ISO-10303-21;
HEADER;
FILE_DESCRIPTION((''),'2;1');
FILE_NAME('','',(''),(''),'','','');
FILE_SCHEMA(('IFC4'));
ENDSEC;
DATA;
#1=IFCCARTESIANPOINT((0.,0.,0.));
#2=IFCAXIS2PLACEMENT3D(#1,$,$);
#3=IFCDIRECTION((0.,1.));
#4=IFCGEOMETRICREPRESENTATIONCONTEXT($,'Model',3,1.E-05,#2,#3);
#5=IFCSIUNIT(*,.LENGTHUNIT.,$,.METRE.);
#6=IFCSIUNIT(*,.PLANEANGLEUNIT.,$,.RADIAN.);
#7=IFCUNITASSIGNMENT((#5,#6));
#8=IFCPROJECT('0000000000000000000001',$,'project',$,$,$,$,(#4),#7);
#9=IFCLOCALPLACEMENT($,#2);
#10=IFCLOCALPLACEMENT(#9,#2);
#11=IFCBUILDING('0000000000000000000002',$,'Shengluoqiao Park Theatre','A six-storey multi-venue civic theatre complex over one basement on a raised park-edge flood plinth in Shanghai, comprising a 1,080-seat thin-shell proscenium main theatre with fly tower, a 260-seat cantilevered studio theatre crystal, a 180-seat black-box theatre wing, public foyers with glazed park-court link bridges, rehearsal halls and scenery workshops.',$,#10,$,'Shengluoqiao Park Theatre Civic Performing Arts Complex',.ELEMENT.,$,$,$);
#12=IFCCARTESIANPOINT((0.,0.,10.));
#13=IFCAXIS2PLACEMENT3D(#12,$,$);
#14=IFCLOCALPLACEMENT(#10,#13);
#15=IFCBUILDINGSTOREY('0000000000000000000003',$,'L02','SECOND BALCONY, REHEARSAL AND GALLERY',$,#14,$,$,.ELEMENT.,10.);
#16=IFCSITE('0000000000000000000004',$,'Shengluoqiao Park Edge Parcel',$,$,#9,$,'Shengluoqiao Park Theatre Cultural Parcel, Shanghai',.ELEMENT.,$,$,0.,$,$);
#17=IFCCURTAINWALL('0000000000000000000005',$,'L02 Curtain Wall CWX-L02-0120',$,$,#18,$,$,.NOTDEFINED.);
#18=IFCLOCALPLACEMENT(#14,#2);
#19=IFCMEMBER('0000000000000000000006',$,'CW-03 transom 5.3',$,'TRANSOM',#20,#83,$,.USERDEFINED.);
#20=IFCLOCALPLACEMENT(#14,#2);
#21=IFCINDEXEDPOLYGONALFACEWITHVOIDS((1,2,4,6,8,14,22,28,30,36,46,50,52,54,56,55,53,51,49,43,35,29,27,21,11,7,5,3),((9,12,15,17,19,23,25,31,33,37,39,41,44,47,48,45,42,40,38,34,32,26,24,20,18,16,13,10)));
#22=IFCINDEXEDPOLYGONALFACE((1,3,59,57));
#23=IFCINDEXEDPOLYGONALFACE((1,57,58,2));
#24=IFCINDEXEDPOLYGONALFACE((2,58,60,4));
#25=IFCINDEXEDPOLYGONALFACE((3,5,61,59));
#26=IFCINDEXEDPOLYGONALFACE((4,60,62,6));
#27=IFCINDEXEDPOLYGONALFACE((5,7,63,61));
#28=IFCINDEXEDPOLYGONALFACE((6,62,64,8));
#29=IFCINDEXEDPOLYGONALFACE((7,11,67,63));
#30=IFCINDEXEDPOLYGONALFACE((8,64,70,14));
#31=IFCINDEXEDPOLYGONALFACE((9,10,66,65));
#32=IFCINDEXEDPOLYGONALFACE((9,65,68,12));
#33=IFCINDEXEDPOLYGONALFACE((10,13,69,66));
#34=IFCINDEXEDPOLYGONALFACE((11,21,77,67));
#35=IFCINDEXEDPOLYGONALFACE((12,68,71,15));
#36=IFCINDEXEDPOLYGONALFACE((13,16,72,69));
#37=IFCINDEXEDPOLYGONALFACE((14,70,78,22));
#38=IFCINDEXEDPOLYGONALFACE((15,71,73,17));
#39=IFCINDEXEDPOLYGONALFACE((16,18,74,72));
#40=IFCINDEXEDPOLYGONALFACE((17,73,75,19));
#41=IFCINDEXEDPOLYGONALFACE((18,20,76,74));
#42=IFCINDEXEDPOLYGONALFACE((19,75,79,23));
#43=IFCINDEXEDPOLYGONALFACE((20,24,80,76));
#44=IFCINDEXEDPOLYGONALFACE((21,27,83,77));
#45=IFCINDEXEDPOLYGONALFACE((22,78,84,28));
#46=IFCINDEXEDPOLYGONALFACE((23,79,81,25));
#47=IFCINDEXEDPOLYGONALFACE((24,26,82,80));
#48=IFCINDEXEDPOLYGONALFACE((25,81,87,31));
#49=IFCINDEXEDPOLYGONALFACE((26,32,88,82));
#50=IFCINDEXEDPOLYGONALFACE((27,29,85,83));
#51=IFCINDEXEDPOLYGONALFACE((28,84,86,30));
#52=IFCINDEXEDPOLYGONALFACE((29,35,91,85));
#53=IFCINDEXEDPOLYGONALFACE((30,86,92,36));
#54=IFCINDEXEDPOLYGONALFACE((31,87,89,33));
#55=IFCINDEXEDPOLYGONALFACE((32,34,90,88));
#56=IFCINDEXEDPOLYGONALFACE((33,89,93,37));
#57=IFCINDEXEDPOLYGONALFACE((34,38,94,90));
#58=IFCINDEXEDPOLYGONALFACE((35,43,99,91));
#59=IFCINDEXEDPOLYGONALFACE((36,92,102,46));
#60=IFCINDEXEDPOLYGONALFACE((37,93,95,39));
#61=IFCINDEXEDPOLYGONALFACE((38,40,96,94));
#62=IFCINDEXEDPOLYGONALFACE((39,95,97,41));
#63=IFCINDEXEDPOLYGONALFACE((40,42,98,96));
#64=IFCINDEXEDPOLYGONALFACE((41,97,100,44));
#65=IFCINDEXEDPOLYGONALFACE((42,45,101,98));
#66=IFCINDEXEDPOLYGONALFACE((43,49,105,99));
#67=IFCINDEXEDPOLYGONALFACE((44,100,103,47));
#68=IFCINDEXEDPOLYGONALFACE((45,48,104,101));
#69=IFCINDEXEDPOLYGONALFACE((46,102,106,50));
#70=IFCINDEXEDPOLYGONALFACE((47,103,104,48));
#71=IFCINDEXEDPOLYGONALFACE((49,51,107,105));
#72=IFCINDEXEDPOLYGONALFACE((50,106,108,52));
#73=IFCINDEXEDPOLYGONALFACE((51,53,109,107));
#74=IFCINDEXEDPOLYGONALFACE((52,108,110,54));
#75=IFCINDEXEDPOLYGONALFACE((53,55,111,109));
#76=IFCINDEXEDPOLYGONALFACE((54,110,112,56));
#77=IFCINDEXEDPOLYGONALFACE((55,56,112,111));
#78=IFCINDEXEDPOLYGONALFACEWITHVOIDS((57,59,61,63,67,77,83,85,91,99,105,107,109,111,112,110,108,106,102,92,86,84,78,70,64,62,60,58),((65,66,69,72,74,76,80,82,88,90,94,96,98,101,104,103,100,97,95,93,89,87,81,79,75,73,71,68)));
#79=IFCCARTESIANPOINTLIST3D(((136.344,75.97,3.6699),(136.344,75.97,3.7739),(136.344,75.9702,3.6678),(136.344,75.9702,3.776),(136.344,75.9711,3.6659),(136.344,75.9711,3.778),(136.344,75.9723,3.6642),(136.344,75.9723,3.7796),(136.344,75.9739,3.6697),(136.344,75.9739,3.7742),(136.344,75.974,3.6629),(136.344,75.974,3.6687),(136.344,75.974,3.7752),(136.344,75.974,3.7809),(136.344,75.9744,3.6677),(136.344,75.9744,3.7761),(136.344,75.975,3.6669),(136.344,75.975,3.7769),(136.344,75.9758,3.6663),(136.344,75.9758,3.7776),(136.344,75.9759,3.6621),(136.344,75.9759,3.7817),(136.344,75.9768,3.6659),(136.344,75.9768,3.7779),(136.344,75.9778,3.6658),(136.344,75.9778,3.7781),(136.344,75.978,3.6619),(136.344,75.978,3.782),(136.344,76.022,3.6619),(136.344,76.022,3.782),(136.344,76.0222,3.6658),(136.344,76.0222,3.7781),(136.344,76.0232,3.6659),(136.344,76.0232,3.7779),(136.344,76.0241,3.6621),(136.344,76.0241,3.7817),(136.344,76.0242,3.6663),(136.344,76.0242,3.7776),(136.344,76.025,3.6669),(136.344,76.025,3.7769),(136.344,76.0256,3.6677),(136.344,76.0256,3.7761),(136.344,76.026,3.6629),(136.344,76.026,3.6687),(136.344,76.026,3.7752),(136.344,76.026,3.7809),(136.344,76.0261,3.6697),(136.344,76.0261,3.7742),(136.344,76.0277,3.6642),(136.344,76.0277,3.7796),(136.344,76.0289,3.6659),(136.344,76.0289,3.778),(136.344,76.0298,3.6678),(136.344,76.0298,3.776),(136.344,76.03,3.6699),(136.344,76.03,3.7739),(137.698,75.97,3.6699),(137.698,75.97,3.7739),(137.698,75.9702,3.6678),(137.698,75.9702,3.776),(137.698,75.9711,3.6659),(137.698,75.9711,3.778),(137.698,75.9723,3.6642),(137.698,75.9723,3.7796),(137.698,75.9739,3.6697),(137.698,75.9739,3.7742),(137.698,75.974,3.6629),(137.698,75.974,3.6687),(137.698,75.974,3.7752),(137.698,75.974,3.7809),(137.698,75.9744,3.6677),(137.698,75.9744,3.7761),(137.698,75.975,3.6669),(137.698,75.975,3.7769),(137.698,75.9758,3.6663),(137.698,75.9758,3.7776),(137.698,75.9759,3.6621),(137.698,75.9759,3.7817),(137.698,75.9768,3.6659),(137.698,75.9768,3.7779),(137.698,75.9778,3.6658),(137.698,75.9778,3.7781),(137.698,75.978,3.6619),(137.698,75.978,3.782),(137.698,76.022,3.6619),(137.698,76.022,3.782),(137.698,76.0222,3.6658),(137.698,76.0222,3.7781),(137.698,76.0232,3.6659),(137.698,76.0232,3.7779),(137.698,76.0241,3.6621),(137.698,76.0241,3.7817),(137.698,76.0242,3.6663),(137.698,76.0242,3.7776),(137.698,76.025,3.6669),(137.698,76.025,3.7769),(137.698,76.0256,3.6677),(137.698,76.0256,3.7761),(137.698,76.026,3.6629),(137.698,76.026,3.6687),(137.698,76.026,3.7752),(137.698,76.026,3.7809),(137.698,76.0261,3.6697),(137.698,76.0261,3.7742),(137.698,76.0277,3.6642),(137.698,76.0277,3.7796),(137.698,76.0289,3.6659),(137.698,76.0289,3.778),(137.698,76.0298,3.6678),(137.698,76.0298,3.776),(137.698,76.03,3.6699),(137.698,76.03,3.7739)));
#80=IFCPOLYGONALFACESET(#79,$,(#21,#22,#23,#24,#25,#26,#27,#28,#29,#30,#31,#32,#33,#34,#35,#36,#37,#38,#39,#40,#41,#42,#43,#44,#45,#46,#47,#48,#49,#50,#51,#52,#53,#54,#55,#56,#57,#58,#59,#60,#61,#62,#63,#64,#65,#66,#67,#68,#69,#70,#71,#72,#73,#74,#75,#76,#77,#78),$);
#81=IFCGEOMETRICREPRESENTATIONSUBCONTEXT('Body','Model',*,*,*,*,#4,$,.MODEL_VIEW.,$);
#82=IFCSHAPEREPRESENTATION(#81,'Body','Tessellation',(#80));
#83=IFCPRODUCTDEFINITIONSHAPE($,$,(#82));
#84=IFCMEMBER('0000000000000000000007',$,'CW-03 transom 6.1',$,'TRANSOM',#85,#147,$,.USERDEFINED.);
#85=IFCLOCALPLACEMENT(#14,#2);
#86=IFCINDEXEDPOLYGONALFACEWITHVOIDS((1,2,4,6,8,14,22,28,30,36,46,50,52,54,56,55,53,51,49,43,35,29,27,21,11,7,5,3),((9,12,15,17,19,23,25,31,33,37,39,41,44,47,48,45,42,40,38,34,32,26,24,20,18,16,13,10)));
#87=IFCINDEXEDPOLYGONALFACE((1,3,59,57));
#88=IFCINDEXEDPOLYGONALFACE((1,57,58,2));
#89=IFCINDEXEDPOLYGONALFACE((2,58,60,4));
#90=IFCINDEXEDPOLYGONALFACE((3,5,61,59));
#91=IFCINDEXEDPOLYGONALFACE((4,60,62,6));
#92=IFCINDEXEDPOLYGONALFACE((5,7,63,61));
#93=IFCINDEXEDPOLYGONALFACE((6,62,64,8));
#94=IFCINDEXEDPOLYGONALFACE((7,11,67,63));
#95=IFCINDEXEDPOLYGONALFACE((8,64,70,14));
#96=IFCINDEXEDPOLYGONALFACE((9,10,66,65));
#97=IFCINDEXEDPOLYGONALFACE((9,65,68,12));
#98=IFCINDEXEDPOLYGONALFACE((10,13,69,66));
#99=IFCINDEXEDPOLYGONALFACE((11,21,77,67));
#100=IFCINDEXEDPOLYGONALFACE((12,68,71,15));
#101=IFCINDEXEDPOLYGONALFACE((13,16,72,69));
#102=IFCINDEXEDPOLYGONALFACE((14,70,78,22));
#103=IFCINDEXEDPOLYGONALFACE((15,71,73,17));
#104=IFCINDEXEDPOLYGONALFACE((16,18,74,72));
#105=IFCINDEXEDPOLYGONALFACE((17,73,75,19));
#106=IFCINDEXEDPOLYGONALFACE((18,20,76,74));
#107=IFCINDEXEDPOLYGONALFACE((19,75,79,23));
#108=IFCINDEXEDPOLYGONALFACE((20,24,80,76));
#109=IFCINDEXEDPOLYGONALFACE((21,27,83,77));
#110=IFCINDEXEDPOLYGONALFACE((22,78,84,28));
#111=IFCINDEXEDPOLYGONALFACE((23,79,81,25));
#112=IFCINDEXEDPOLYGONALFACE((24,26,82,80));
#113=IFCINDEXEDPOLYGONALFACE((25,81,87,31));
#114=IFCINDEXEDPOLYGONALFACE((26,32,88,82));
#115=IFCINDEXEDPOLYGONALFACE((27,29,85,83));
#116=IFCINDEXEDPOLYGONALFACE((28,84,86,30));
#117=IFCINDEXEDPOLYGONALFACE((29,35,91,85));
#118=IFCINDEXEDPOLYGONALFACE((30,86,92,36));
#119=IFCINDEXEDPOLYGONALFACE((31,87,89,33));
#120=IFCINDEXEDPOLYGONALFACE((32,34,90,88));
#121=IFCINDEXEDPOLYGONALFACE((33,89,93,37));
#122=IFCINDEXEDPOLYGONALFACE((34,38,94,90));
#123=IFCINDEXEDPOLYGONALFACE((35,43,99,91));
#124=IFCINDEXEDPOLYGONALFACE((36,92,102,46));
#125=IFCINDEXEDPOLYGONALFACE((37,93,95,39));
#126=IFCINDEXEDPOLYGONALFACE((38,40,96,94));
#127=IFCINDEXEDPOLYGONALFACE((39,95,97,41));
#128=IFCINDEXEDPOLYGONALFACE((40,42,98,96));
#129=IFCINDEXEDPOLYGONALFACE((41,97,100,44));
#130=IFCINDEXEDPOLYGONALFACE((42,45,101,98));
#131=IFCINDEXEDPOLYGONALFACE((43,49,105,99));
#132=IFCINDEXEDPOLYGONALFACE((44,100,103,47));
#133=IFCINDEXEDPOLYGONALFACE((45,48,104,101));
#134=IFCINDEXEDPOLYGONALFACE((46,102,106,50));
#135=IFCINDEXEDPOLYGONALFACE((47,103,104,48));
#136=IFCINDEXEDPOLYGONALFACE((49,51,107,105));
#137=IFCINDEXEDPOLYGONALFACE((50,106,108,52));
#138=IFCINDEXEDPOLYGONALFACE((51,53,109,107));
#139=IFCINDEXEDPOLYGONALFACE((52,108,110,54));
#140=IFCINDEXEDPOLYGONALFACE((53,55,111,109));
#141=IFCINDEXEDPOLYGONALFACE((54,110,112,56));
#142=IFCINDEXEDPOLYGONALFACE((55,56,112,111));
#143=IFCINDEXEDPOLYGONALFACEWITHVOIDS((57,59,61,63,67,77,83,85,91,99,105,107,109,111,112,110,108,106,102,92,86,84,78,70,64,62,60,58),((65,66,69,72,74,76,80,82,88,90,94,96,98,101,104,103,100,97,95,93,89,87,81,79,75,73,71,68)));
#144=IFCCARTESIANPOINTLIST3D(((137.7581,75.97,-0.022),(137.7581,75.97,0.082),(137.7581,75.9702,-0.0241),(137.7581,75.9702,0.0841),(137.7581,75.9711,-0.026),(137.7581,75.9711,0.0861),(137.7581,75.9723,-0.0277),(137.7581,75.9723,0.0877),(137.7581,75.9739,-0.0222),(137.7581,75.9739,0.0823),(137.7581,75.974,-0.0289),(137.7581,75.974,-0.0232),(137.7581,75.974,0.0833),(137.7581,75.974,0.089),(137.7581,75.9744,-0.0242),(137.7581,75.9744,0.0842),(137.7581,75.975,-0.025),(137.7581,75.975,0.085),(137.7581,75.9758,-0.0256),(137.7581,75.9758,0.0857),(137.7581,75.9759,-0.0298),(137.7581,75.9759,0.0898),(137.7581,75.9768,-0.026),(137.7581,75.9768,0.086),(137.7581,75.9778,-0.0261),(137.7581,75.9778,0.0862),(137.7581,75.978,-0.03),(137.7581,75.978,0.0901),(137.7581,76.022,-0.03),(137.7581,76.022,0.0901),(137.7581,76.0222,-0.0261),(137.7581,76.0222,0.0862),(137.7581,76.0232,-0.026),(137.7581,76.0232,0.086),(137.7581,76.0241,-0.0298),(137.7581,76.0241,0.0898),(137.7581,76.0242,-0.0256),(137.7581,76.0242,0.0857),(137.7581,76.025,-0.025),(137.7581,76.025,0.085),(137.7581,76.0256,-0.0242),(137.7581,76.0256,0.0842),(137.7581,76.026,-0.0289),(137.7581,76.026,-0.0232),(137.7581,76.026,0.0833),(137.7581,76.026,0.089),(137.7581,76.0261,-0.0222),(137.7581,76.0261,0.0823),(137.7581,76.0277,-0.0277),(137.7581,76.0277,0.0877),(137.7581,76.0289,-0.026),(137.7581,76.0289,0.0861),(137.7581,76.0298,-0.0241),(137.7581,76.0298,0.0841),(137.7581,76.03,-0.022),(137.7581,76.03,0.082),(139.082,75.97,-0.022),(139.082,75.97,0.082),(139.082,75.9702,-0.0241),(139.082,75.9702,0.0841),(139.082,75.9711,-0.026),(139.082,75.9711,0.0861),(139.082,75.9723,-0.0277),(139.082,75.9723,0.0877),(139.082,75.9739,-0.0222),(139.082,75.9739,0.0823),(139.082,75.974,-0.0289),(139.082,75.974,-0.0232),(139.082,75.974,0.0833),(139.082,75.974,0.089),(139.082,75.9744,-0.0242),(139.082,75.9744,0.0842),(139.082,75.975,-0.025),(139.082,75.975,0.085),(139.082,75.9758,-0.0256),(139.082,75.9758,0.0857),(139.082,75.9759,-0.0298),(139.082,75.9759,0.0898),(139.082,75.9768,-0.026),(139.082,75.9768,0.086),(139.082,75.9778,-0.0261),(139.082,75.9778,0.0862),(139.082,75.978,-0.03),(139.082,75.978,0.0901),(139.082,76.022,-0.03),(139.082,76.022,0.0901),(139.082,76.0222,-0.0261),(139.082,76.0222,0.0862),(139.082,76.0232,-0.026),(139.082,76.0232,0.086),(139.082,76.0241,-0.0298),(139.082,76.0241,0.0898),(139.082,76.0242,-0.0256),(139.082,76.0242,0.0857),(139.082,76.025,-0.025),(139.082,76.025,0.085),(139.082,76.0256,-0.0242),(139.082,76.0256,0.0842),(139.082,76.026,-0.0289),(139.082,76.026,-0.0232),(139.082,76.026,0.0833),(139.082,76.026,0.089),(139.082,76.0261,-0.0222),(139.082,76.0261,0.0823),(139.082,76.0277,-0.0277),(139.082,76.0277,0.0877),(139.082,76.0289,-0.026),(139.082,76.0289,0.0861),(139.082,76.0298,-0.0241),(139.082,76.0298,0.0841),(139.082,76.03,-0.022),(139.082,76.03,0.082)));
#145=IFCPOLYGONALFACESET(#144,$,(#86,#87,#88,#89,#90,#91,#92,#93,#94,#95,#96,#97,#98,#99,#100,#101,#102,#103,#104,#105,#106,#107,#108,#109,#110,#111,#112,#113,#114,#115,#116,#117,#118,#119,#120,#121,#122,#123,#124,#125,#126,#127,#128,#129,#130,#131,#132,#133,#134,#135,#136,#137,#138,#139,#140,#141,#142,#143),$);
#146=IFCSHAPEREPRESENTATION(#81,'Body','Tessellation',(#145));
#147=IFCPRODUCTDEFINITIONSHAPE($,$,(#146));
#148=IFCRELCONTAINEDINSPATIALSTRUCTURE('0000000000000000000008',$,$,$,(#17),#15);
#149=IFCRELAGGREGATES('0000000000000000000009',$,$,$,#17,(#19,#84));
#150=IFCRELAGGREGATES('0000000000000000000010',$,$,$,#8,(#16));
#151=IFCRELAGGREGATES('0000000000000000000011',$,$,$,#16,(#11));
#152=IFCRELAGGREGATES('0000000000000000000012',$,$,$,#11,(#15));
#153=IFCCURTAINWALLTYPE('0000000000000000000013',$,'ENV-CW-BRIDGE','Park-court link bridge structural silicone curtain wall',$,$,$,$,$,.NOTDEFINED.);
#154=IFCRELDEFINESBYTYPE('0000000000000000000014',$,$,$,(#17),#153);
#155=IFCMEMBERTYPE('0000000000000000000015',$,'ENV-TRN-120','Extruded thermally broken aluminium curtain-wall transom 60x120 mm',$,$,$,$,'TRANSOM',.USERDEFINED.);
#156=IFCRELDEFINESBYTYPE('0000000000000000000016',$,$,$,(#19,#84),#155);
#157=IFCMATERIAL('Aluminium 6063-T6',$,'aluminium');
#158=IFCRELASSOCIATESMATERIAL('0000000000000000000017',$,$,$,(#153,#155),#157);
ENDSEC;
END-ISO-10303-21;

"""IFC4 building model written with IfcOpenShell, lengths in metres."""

from ifc_helpers import new_model, si_unit, direction, frame, origin, origin_2d, place, context, subcontext, project, spatial, hollow_rectangle, extrude, material, material_profile, profile_set, type_object, element, aggregate, save


model = new_model("IFC4")

# Units and contexts
model_context = context("Model", 3, precision=1e-05, world=origin(), true_north=direction((0.0, 1.0)))
body_context = subcontext(model_context, "Body", "Model", "MODEL_VIEW")
ifc_project = project(units=[si_unit("LENGTHUNIT", "METRE"), si_unit("PLANEANGLEUNIT", "RADIAN")], contexts=[model_context])

# Site, building, storey
site_placement = place(None, origin())
site = spatial("IfcSite", under=ifc_project, at=site_placement, Name="Shengluoqiao Park Edge Parcel", LongName="Shengluoqiao Park Theatre Cultural Parcel, Shanghai", CompositionType="ELEMENT", RefElevation=0.0)
building_placement = place(site_placement, origin())
building = spatial("IfcBuilding", under=site, at=building_placement, Name="Shengluoqiao Park Theatre", Description="A six-storey multi-venue civic theatre complex over one basement on a raised park-edge flood plinth in Shanghai, comprising a 1,080-seat thin-shell proscenium main theatre with fly tower, a 260-seat cantilevered studio theatre crystal, a 180-seat black-box theatre wing, public foyers with glazed park-court link bridges, rehearsal halls and scenery workshops.", LongName="Shengluoqiao Park Theatre Civic Performing Arts Complex", CompositionType="ELEMENT")
storey_placement = place(building_placement, frame((0.0, 0.0, 10.0)))
storey = spatial("IfcBuildingStorey", under=building, at=storey_placement, Name="L02", Description="SECOND BALCONY, REHEARSAL AND GALLERY", CompositionType="ELEMENT", Elevation=10.0)

# Curtain wall, members
ifc_material_1 = material(Name="Aluminium 6063-T6", Category="aluminium")
curtain_wall_type = type_object("IfcCurtainWallType", Name="ENV-CW-BRIDGE", Description="Park-court link bridge structural silicone curtain wall", PredefinedType="NOTDEFINED", material=ifc_material_1)
curtain_wall_placement = place(storey_placement, origin())
curtain_wall = element("IfcCurtainWall", 1, at=curtain_wall_placement, inside=storey, type_object=curtain_wall_type, Name="L02 Curtain Wall CWX-L02-0120", PredefinedType="NOTDEFINED")
ifc_material_profile_1 = material_profile(ifc_material_1, hollow_rectangle(XDim=0.0601, YDim=0.1201, WallThickness=0.0039, InnerFilletRadius=0.0039, OuterFilletRadius=0.0081, at=origin_2d()), Name="ALU TRANSOM 120x60x4")
ifc_profile_set_1 = profile_set([ifc_material_profile_1], Name="Aluminium 6063-T6")
member_type_1 = type_object("IfcMemberType", Name="ENV-TRN-120", Description="Extruded thermally broken aluminium curtain-wall transom 60x120 mm", ElementType="TRANSOM", PredefinedType="USERDEFINED", material=ifc_profile_set_1)
member_1_placement = place(storey_placement, frame((136.344, 76.0, 3.7219), z_axis=(1.0, 0.0, 0.0), x_axis=(0.0, 1.0, 0.0)))
member_1 = element("IfcMember", 2, at=member_1_placement, type_object=member_type_1, Name="CW-03 transom 5.3", ObjectType="TRANSOM", PredefinedType="USERDEFINED", context=body_context, shape_type="SweptSolid", body=[
    extrude(hollow_rectangle(XDim=0.0601, YDim=0.1201, WallThickness=0.0039, InnerFilletRadius=0.0039, OuterFilletRadius=0.0081, at=origin_2d()), origin(), (0.0, 0.0, 1.0), 1.354),
])
member_2_placement = place(storey_placement, frame((137.7581, 76.0, 0.03), z_axis=(1.0, 0.0, 0.0), x_axis=(0.0, 1.0, 0.0)))
member_2 = element("IfcMember", 3, at=member_2_placement, type_object=member_type_1, Name="CW-03 transom 6.1", ObjectType="TRANSOM", PredefinedType="USERDEFINED", context=body_context, shape_type="SweptSolid", body=[
    extrude(hollow_rectangle(XDim=0.0601, YDim=0.1201, WallThickness=0.0039, InnerFilletRadius=0.0039, OuterFilletRadius=0.0081, at=origin_2d()), origin(), (0.0, 0.0, 1.0), 1.324),
])

aggregate(curtain_wall, [member_1, member_2])

save(model, "model.ifc")
